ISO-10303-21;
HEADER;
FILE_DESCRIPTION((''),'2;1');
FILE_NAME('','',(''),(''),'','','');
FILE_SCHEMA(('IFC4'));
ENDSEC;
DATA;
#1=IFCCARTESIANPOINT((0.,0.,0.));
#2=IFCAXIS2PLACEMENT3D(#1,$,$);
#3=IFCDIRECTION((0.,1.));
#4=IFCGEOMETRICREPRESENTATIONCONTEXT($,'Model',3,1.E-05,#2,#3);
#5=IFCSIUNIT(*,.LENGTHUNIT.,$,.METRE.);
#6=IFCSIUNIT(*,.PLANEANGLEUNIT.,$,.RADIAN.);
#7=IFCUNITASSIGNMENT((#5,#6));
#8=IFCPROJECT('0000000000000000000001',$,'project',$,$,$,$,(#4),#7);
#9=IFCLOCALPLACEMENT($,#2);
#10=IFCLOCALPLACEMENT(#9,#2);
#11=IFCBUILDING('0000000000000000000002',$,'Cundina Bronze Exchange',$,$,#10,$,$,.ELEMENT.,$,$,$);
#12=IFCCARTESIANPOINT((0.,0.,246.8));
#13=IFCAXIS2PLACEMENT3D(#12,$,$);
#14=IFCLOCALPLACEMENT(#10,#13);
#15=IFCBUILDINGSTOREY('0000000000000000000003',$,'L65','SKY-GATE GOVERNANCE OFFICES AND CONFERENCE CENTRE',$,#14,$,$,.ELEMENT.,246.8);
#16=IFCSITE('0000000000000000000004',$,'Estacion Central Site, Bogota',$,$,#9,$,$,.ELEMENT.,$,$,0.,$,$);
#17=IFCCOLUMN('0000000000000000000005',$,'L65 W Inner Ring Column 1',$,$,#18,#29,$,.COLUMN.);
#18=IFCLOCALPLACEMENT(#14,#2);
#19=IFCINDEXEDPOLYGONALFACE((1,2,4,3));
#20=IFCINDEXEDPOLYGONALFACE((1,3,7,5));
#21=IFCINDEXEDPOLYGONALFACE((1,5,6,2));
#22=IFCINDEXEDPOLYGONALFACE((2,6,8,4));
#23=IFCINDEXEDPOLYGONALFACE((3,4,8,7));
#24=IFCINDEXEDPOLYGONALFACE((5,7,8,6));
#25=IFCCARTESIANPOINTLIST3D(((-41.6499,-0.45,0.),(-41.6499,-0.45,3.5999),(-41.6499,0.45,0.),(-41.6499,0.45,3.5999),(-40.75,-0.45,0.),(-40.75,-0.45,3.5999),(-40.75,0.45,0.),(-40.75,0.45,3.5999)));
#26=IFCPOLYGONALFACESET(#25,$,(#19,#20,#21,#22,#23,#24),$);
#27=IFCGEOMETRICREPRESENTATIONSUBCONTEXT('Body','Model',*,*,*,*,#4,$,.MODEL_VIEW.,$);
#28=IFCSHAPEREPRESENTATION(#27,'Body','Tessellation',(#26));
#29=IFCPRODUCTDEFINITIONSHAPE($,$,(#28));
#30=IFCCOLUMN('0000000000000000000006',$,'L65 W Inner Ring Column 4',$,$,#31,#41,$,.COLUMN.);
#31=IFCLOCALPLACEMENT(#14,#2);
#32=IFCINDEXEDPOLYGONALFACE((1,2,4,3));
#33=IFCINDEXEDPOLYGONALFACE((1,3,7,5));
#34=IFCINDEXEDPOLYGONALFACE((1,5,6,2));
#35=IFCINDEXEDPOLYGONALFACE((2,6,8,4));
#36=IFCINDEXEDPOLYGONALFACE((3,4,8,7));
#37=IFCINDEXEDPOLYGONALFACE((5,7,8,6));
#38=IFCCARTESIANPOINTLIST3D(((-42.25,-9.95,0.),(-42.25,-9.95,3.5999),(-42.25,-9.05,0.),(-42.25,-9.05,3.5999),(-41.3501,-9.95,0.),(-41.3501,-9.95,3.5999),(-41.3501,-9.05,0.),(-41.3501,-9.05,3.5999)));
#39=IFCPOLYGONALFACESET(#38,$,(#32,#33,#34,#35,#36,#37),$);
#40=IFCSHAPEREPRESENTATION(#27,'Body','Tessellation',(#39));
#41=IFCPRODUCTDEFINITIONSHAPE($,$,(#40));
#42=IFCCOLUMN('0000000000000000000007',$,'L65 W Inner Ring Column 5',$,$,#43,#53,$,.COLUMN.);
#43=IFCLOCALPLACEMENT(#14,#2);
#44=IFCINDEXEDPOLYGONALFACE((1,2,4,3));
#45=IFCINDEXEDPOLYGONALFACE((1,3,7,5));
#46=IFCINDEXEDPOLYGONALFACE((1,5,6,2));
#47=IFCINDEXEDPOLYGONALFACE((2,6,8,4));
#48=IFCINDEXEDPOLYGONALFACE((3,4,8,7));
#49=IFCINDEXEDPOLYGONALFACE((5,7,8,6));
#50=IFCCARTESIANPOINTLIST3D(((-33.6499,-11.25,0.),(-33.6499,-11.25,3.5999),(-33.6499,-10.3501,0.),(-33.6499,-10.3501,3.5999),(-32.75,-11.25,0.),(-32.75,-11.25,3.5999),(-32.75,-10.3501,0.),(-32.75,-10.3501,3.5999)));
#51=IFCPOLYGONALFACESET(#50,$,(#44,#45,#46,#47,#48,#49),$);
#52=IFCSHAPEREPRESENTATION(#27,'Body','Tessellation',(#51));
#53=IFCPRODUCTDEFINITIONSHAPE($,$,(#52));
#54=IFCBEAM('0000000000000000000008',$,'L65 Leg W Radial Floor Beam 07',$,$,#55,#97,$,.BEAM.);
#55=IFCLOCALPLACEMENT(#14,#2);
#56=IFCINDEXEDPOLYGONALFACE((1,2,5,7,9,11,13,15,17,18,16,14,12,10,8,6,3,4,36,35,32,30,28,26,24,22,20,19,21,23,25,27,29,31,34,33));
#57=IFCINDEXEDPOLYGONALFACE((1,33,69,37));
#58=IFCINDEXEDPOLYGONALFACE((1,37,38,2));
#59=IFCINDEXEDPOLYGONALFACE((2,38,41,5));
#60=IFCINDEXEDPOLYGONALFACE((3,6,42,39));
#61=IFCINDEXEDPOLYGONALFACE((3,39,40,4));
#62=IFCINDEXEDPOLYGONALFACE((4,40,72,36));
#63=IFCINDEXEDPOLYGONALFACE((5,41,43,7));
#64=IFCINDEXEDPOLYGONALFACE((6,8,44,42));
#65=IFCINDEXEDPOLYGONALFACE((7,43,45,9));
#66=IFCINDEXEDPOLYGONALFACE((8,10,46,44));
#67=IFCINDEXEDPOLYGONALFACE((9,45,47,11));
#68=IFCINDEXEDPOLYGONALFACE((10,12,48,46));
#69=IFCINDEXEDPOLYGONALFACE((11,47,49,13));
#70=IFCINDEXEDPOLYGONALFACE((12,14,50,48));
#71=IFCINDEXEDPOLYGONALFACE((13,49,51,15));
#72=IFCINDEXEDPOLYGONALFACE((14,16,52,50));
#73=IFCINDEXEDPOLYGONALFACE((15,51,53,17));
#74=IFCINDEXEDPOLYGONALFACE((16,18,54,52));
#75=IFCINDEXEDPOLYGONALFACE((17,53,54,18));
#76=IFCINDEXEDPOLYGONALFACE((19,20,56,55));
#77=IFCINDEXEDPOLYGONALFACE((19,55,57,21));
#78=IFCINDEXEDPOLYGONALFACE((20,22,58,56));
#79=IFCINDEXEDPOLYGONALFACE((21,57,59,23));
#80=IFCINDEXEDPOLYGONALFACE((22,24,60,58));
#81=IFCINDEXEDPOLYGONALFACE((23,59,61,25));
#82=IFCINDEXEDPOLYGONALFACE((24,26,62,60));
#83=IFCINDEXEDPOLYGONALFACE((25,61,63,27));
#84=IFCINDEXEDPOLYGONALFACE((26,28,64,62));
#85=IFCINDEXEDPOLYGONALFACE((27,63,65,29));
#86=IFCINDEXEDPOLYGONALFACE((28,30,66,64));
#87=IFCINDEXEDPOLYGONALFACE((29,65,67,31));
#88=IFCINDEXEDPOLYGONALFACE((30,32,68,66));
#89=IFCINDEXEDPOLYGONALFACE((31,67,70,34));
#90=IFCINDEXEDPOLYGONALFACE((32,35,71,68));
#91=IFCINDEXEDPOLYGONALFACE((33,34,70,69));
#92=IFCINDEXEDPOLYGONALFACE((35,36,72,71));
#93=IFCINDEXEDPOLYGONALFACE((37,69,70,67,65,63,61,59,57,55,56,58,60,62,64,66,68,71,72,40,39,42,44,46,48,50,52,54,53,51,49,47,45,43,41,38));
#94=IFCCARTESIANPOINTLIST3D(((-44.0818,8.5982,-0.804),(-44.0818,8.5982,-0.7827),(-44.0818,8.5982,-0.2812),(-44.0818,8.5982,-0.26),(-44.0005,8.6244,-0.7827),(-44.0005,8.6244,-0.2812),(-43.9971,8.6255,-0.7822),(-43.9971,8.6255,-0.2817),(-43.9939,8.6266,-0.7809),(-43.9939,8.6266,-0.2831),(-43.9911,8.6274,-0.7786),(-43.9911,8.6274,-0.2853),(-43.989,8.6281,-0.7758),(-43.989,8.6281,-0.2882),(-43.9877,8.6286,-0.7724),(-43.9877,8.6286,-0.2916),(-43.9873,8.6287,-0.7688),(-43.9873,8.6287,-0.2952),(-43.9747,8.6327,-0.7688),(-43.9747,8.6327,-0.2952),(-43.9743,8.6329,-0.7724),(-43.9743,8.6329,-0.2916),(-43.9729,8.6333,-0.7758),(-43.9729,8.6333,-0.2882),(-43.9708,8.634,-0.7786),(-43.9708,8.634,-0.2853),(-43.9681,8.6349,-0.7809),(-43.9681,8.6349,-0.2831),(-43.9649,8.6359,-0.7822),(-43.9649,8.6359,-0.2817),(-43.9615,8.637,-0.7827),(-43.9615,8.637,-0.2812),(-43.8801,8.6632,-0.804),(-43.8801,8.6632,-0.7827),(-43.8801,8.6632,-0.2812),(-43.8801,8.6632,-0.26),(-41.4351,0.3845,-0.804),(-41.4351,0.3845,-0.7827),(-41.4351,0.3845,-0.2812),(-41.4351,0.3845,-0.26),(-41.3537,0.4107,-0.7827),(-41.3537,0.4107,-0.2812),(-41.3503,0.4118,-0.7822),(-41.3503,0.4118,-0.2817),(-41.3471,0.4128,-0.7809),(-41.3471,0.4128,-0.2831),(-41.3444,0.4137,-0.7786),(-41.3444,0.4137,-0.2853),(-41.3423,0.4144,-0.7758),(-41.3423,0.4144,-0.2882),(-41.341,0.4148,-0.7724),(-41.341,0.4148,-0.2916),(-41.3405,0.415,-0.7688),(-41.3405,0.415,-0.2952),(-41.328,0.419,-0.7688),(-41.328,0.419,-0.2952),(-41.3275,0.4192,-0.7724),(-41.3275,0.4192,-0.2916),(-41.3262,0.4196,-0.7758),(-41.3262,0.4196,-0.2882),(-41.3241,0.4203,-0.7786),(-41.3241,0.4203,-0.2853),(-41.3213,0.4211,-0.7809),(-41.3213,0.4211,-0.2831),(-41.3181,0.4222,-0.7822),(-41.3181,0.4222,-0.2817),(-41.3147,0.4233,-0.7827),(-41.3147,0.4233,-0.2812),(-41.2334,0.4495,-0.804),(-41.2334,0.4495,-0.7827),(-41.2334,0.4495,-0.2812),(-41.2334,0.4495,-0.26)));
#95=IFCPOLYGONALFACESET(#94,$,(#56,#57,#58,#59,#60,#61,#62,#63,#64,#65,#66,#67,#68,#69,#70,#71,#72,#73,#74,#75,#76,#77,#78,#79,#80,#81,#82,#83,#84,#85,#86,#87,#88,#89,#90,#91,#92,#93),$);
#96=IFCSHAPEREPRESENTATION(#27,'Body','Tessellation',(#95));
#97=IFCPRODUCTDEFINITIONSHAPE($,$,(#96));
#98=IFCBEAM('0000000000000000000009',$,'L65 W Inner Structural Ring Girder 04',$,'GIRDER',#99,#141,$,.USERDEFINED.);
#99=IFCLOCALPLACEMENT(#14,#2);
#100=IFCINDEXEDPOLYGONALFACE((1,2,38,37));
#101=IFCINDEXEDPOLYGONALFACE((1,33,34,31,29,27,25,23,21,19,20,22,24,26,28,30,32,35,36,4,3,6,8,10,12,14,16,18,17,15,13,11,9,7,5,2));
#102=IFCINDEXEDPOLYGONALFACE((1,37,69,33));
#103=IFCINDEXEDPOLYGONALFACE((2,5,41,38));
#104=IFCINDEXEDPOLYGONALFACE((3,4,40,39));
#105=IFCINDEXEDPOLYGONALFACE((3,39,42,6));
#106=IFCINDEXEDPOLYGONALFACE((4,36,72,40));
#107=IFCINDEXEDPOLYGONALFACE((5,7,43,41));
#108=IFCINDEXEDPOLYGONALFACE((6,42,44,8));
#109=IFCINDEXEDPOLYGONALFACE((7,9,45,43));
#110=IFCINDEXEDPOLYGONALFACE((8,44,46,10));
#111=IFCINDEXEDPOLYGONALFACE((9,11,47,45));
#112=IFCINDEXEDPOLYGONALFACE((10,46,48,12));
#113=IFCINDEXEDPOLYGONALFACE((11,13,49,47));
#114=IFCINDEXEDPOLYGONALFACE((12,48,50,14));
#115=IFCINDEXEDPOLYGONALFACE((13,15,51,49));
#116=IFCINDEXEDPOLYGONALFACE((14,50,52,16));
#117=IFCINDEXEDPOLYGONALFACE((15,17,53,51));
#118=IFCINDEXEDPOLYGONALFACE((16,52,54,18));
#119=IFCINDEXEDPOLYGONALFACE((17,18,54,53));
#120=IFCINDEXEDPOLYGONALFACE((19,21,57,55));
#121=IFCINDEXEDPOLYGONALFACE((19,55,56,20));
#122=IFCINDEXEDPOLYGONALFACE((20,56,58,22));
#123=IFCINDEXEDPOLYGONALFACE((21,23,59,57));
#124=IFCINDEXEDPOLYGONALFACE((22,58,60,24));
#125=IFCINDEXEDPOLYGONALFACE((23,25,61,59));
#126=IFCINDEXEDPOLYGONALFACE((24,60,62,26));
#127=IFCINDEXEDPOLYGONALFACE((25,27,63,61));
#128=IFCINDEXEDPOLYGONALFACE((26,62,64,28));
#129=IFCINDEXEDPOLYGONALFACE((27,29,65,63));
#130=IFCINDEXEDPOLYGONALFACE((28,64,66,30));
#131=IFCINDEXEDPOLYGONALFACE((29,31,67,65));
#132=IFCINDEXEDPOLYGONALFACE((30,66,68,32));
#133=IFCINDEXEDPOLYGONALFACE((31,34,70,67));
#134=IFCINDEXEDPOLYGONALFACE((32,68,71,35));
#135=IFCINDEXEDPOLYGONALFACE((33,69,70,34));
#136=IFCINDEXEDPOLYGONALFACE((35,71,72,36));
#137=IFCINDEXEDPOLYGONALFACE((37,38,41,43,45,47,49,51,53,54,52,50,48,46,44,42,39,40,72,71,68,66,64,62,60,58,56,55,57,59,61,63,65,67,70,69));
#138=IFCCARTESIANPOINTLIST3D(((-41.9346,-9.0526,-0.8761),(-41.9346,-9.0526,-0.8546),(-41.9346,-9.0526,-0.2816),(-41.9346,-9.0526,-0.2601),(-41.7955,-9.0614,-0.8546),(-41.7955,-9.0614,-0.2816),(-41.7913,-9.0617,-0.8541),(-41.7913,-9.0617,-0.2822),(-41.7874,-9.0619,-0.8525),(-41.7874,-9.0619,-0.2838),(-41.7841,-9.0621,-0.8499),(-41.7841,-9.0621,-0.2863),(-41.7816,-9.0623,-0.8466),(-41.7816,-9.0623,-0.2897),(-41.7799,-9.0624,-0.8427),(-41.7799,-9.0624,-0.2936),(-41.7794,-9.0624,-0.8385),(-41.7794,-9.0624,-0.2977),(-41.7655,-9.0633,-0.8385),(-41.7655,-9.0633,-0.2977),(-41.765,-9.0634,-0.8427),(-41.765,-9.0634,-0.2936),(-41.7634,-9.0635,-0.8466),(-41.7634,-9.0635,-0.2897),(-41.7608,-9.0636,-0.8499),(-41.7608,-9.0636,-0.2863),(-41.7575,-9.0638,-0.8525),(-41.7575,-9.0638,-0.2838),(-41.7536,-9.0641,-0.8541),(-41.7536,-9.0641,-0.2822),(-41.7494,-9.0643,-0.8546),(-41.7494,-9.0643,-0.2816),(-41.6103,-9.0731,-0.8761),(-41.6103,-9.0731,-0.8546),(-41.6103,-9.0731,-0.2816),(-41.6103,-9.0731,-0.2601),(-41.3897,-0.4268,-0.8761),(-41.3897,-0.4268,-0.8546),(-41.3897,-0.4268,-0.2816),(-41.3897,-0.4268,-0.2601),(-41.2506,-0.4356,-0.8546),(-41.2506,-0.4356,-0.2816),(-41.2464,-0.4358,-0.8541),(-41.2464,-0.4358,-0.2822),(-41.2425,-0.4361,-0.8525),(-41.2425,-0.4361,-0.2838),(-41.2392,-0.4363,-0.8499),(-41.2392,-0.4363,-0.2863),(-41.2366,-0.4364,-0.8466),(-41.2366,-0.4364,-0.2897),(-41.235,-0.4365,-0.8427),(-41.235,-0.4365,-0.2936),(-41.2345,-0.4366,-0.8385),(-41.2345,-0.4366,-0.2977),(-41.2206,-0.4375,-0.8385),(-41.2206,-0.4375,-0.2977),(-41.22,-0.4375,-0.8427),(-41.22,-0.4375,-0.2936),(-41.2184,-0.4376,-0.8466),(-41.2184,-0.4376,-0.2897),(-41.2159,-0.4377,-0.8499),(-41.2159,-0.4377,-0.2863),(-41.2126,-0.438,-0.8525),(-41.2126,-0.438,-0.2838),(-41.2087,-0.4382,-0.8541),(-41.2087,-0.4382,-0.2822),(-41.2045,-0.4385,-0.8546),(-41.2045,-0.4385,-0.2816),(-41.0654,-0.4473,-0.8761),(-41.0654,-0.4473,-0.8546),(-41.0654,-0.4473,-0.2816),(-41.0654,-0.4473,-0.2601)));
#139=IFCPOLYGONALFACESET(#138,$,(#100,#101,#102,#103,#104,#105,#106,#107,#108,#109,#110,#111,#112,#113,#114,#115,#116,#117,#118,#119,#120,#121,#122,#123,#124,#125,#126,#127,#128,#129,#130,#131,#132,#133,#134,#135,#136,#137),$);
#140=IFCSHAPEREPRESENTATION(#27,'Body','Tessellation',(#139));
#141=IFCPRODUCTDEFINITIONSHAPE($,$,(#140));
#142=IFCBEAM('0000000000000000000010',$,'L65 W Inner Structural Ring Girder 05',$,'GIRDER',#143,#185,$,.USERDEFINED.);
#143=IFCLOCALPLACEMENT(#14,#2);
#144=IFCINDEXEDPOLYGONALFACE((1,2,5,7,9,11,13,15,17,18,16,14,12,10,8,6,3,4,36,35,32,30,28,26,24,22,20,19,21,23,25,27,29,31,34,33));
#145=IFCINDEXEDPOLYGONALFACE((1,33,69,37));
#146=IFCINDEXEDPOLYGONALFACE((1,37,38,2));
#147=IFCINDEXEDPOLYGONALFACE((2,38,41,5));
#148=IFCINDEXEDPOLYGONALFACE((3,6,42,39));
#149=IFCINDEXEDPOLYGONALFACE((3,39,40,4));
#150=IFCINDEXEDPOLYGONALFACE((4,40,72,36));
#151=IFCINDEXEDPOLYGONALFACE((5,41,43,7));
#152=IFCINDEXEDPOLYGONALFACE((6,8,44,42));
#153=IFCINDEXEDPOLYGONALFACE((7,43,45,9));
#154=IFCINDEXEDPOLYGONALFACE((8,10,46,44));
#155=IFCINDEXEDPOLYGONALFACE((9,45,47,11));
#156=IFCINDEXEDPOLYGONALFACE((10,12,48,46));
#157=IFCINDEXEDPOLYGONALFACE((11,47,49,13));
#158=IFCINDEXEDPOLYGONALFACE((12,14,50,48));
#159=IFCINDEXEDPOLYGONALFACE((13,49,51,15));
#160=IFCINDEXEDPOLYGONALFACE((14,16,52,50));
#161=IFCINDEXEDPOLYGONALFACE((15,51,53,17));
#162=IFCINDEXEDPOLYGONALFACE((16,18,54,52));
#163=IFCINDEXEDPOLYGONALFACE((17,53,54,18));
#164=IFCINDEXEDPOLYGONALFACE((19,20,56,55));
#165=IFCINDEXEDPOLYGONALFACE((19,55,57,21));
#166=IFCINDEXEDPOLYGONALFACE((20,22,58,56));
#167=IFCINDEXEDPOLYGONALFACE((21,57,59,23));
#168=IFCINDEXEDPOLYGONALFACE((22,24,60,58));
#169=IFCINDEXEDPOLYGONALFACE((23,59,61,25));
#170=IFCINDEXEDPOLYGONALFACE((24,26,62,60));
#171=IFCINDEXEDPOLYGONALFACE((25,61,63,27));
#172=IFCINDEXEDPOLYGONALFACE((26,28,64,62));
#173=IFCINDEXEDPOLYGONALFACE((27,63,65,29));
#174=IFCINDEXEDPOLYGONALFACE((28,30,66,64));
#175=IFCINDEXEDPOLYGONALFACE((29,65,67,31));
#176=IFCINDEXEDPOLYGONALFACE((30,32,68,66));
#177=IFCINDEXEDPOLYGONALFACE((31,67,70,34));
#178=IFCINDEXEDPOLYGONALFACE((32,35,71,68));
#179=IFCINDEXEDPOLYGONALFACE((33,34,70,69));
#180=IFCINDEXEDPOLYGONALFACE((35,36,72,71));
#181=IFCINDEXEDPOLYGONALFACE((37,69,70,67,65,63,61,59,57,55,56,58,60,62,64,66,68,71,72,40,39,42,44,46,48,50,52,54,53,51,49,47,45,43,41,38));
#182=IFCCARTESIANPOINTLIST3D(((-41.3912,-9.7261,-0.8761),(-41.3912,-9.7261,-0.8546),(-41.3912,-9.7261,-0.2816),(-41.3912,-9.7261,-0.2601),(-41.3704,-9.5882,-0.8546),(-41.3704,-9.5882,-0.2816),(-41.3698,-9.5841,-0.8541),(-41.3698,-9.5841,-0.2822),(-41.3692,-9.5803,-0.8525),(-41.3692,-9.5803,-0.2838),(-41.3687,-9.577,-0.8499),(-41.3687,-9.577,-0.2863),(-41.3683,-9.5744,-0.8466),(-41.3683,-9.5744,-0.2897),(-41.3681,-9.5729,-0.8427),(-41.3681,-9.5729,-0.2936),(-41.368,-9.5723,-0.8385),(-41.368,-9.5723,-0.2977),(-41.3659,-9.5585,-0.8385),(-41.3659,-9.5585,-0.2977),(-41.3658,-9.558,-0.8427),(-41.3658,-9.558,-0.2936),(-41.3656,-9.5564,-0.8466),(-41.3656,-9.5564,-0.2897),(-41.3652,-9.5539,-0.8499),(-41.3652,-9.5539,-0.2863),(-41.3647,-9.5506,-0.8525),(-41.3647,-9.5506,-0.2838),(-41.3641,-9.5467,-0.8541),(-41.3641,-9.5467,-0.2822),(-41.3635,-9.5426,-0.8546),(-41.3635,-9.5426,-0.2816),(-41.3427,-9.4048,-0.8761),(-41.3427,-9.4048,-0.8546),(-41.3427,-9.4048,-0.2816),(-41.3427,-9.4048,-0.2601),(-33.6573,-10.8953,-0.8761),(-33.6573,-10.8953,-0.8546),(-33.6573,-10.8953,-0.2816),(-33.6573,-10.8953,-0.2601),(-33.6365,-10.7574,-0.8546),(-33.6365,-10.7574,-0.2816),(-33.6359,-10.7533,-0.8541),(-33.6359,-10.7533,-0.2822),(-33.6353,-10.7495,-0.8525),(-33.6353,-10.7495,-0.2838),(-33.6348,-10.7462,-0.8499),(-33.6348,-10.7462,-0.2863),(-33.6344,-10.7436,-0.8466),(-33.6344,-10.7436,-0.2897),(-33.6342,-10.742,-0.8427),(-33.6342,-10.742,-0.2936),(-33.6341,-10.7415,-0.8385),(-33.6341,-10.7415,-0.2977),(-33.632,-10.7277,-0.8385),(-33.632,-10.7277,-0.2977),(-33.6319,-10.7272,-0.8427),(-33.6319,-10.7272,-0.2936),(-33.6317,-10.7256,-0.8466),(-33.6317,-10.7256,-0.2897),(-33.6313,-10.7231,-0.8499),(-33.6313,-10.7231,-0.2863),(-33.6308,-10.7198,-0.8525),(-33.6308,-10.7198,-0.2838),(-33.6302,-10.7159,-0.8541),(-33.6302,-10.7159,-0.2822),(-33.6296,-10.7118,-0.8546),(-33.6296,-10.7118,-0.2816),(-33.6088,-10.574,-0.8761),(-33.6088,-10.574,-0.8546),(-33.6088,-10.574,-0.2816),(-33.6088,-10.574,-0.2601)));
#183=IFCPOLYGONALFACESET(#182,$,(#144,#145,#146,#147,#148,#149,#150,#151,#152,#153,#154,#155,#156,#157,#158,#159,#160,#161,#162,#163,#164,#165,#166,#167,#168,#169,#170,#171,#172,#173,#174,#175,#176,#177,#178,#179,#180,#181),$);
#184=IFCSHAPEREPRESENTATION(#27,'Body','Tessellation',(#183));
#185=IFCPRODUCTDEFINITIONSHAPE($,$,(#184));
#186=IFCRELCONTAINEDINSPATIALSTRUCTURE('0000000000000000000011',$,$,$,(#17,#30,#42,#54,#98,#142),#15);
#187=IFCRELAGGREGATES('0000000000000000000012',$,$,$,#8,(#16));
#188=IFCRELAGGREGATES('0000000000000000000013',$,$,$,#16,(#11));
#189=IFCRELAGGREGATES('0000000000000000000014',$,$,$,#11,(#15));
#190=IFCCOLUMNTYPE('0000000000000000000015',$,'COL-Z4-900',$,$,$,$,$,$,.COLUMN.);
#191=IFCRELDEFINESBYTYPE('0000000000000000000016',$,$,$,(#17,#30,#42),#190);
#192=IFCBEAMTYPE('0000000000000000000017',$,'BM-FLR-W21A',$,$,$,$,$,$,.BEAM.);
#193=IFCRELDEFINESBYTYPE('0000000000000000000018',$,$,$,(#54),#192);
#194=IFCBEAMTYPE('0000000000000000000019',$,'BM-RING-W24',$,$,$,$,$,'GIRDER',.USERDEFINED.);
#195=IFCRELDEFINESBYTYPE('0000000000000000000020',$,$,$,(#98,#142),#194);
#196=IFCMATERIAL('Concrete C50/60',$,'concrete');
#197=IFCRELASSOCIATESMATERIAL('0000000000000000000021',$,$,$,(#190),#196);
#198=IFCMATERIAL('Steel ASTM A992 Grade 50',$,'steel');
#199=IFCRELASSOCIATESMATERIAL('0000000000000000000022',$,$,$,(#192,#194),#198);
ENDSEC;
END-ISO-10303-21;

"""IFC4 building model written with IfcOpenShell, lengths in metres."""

from ifc_helpers import new_model, si_unit, direction, frame, origin, origin_2d, place, context, subcontext, project, spatial, rectangle, i_section, extrude, material, material_profile, profile_set, type_object, element, save


model = new_model("IFC4")

# Units and contexts
model_context = context("Model", 3, precision=1e-05, world=origin(), true_north=direction((0.0, 1.0)))
body_context = subcontext(model_context, "Body", "Model", "MODEL_VIEW")
ifc_project = project(units=[si_unit("LENGTHUNIT", "METRE"), si_unit("PLANEANGLEUNIT", "RADIAN")], contexts=[model_context])

# Site, building, storey
site_placement = place(None, origin())
site = spatial("IfcSite", under=ifc_project, at=site_placement, Name="Estacion Central Site, Bogota", CompositionType="ELEMENT", RefElevation=0.0)
building_placement = place(site_placement, origin())
building = spatial("IfcBuilding", under=site, at=building_placement, Name="Cundina Bronze Exchange", CompositionType="ELEMENT")
storey_placement = place(building_placement, frame((0.0, 0.0, 246.8)))
storey = spatial("IfcBuildingStorey", under=building, at=storey_placement, Name="L65", Description="SKY-GATE GOVERNANCE OFFICES AND CONFERENCE CENTRE", CompositionType="ELEMENT", Elevation=246.8)

# Columns
ifc_material_1 = material(Name="Concrete C50/60", Category="concrete")
ifc_material_profile_1 = material_profile(ifc_material_1, rectangle(XDim=0.8999, YDim=0.8999, at=origin_2d()), Name="RC900X900", Category="concrete")
ifc_profile_set_1 = profile_set([ifc_material_profile_1], Name="Concrete C50/60")
column_type = type_object("IfcColumnType", Name="COL-Z4-900", PredefinedType="COLUMN", material=ifc_profile_set_1)
for number, where, z_axis, x_axis, name in (
    (1, (-41.2, 0.0, 0.0), (0.0, 0.0, 1.0), (1.0, 0.0, 0.0), "L65 W Inner Ring Column 1"),
    (2, (-41.8, -9.5, 0.0), (0.0, 0.0, 1.0), (1.0, 0.0, 0.0), "L65 W Inner Ring Column 4"),
    (3, (-33.2, -10.8, 0.0), (0.0, 0.0, 1.0), (1.0, 0.0, 0.0), "L65 W Inner Ring Column 5"),
):
    element("IfcColumn", number, at=place(storey_placement, frame(where, z_axis=z_axis, x_axis=x_axis)), inside=storey, type_object=column_type, Name=name, PredefinedType="COLUMN", context=body_context, shape_type="SweptSolid", body=[
        extrude(rectangle(XDim=0.8999, YDim=0.8999, at=origin_2d()), origin(), (0.0, 0.0, 1.0), 3.5999),
    ])

# Beams
ifc_material_2 = material(Name="Steel ASTM A992 Grade 50", Category="steel")
ifc_material_profile_2 = material_profile(ifc_material_2, i_section(OverallWidth=0.2119, OverallDepth=0.5439, WebThickness=0.0132, FlangeThickness=0.0212, FilletRadius=0.0139, at=origin_2d()), Name="W21X83", Category="steel")
ifc_profile_set_2 = profile_set([ifc_material_profile_2], Name="Steel ASTM A992 Grade 50")
beam_type_1 = type_object("IfcBeamType", Name="BM-FLR-W21A", PredefinedType="BEAM", material=ifc_profile_set_2)
beam_1_placement = place(storey_placement, frame((-41.3342, 0.417, -0.532), z_axis=(-0.306706, 0.951804, 0.0), x_axis=(-0.951804, -0.306706, 0.0)))
element("IfcBeam", 4, at=beam_1_placement, inside=storey, type_object=beam_type_1, Name="L65 Leg W Radial Floor Beam 07", PredefinedType="BEAM", context=body_context, shape_type="SweptSolid", body=[
    extrude(i_section(OverallWidth=0.2119, OverallDepth=0.5439, WebThickness=0.0132, FlangeThickness=0.0212, FilletRadius=0.0139, at=origin_2d()), origin(), (0.0, 0.0, 1.0), 8.6296),
])
ifc_material_profile_3 = material_profile(ifc_material_2, i_section(OverallWidth=0.325, OverallDepth=0.616, WebThickness=0.0139, FlangeThickness=0.0215, FilletRadius=0.0161, at=origin_2d()), Name="W24X117", Category="steel")
ifc_profile_set_3 = profile_set([ifc_material_profile_3], Name="Steel ASTM A992 Grade 50")
beam_type_2 = type_object("IfcBeamType", Name="BM-RING-W24", ElementType="GIRDER", PredefinedType="USERDEFINED", material=ifc_profile_set_3)
beam_2_placement = place(storey_placement, frame((-41.2275, -0.437, -0.5681), z_axis=(-0.063047, -0.998011, 0.0), x_axis=(0.998011, -0.063047, 0.0)))
element("IfcBeam", 5, at=beam_2_placement, inside=storey, type_object=beam_type_2, Name="L65 W Inner Structural Ring Girder 04", ObjectType="GIRDER", PredefinedType="USERDEFINED", context=body_context, shape_type="SweptSolid", body=[
    extrude(i_section(OverallWidth=0.325, OverallDepth=0.616, WebThickness=0.0139, FlangeThickness=0.0215, FilletRadius=0.0161, at=origin_2d()), origin(), (0.0, 0.0, 1.0), 8.6431),
])
beam_3_placement = place(storey_placement, frame((-41.3669, -9.5654, -0.5681), z_axis=(0.988765, -0.149479, 0.0), x_axis=(0.149479, 0.988765, 0.0)))
element("IfcBeam", 6, at=beam_3_placement, inside=storey, type_object=beam_type_2, Name="L65 W Inner Structural Ring Girder 05", ObjectType="GIRDER", PredefinedType="USERDEFINED", context=body_context, shape_type="SweptSolid", body=[
    extrude(i_section(OverallWidth=0.325, OverallDepth=0.616, WebThickness=0.0139, FlangeThickness=0.0215, FilletRadius=0.0161, at=origin_2d()), origin(), (0.0, 0.0, 1.0), 7.8218),
])

save(model, "model.ifc")
